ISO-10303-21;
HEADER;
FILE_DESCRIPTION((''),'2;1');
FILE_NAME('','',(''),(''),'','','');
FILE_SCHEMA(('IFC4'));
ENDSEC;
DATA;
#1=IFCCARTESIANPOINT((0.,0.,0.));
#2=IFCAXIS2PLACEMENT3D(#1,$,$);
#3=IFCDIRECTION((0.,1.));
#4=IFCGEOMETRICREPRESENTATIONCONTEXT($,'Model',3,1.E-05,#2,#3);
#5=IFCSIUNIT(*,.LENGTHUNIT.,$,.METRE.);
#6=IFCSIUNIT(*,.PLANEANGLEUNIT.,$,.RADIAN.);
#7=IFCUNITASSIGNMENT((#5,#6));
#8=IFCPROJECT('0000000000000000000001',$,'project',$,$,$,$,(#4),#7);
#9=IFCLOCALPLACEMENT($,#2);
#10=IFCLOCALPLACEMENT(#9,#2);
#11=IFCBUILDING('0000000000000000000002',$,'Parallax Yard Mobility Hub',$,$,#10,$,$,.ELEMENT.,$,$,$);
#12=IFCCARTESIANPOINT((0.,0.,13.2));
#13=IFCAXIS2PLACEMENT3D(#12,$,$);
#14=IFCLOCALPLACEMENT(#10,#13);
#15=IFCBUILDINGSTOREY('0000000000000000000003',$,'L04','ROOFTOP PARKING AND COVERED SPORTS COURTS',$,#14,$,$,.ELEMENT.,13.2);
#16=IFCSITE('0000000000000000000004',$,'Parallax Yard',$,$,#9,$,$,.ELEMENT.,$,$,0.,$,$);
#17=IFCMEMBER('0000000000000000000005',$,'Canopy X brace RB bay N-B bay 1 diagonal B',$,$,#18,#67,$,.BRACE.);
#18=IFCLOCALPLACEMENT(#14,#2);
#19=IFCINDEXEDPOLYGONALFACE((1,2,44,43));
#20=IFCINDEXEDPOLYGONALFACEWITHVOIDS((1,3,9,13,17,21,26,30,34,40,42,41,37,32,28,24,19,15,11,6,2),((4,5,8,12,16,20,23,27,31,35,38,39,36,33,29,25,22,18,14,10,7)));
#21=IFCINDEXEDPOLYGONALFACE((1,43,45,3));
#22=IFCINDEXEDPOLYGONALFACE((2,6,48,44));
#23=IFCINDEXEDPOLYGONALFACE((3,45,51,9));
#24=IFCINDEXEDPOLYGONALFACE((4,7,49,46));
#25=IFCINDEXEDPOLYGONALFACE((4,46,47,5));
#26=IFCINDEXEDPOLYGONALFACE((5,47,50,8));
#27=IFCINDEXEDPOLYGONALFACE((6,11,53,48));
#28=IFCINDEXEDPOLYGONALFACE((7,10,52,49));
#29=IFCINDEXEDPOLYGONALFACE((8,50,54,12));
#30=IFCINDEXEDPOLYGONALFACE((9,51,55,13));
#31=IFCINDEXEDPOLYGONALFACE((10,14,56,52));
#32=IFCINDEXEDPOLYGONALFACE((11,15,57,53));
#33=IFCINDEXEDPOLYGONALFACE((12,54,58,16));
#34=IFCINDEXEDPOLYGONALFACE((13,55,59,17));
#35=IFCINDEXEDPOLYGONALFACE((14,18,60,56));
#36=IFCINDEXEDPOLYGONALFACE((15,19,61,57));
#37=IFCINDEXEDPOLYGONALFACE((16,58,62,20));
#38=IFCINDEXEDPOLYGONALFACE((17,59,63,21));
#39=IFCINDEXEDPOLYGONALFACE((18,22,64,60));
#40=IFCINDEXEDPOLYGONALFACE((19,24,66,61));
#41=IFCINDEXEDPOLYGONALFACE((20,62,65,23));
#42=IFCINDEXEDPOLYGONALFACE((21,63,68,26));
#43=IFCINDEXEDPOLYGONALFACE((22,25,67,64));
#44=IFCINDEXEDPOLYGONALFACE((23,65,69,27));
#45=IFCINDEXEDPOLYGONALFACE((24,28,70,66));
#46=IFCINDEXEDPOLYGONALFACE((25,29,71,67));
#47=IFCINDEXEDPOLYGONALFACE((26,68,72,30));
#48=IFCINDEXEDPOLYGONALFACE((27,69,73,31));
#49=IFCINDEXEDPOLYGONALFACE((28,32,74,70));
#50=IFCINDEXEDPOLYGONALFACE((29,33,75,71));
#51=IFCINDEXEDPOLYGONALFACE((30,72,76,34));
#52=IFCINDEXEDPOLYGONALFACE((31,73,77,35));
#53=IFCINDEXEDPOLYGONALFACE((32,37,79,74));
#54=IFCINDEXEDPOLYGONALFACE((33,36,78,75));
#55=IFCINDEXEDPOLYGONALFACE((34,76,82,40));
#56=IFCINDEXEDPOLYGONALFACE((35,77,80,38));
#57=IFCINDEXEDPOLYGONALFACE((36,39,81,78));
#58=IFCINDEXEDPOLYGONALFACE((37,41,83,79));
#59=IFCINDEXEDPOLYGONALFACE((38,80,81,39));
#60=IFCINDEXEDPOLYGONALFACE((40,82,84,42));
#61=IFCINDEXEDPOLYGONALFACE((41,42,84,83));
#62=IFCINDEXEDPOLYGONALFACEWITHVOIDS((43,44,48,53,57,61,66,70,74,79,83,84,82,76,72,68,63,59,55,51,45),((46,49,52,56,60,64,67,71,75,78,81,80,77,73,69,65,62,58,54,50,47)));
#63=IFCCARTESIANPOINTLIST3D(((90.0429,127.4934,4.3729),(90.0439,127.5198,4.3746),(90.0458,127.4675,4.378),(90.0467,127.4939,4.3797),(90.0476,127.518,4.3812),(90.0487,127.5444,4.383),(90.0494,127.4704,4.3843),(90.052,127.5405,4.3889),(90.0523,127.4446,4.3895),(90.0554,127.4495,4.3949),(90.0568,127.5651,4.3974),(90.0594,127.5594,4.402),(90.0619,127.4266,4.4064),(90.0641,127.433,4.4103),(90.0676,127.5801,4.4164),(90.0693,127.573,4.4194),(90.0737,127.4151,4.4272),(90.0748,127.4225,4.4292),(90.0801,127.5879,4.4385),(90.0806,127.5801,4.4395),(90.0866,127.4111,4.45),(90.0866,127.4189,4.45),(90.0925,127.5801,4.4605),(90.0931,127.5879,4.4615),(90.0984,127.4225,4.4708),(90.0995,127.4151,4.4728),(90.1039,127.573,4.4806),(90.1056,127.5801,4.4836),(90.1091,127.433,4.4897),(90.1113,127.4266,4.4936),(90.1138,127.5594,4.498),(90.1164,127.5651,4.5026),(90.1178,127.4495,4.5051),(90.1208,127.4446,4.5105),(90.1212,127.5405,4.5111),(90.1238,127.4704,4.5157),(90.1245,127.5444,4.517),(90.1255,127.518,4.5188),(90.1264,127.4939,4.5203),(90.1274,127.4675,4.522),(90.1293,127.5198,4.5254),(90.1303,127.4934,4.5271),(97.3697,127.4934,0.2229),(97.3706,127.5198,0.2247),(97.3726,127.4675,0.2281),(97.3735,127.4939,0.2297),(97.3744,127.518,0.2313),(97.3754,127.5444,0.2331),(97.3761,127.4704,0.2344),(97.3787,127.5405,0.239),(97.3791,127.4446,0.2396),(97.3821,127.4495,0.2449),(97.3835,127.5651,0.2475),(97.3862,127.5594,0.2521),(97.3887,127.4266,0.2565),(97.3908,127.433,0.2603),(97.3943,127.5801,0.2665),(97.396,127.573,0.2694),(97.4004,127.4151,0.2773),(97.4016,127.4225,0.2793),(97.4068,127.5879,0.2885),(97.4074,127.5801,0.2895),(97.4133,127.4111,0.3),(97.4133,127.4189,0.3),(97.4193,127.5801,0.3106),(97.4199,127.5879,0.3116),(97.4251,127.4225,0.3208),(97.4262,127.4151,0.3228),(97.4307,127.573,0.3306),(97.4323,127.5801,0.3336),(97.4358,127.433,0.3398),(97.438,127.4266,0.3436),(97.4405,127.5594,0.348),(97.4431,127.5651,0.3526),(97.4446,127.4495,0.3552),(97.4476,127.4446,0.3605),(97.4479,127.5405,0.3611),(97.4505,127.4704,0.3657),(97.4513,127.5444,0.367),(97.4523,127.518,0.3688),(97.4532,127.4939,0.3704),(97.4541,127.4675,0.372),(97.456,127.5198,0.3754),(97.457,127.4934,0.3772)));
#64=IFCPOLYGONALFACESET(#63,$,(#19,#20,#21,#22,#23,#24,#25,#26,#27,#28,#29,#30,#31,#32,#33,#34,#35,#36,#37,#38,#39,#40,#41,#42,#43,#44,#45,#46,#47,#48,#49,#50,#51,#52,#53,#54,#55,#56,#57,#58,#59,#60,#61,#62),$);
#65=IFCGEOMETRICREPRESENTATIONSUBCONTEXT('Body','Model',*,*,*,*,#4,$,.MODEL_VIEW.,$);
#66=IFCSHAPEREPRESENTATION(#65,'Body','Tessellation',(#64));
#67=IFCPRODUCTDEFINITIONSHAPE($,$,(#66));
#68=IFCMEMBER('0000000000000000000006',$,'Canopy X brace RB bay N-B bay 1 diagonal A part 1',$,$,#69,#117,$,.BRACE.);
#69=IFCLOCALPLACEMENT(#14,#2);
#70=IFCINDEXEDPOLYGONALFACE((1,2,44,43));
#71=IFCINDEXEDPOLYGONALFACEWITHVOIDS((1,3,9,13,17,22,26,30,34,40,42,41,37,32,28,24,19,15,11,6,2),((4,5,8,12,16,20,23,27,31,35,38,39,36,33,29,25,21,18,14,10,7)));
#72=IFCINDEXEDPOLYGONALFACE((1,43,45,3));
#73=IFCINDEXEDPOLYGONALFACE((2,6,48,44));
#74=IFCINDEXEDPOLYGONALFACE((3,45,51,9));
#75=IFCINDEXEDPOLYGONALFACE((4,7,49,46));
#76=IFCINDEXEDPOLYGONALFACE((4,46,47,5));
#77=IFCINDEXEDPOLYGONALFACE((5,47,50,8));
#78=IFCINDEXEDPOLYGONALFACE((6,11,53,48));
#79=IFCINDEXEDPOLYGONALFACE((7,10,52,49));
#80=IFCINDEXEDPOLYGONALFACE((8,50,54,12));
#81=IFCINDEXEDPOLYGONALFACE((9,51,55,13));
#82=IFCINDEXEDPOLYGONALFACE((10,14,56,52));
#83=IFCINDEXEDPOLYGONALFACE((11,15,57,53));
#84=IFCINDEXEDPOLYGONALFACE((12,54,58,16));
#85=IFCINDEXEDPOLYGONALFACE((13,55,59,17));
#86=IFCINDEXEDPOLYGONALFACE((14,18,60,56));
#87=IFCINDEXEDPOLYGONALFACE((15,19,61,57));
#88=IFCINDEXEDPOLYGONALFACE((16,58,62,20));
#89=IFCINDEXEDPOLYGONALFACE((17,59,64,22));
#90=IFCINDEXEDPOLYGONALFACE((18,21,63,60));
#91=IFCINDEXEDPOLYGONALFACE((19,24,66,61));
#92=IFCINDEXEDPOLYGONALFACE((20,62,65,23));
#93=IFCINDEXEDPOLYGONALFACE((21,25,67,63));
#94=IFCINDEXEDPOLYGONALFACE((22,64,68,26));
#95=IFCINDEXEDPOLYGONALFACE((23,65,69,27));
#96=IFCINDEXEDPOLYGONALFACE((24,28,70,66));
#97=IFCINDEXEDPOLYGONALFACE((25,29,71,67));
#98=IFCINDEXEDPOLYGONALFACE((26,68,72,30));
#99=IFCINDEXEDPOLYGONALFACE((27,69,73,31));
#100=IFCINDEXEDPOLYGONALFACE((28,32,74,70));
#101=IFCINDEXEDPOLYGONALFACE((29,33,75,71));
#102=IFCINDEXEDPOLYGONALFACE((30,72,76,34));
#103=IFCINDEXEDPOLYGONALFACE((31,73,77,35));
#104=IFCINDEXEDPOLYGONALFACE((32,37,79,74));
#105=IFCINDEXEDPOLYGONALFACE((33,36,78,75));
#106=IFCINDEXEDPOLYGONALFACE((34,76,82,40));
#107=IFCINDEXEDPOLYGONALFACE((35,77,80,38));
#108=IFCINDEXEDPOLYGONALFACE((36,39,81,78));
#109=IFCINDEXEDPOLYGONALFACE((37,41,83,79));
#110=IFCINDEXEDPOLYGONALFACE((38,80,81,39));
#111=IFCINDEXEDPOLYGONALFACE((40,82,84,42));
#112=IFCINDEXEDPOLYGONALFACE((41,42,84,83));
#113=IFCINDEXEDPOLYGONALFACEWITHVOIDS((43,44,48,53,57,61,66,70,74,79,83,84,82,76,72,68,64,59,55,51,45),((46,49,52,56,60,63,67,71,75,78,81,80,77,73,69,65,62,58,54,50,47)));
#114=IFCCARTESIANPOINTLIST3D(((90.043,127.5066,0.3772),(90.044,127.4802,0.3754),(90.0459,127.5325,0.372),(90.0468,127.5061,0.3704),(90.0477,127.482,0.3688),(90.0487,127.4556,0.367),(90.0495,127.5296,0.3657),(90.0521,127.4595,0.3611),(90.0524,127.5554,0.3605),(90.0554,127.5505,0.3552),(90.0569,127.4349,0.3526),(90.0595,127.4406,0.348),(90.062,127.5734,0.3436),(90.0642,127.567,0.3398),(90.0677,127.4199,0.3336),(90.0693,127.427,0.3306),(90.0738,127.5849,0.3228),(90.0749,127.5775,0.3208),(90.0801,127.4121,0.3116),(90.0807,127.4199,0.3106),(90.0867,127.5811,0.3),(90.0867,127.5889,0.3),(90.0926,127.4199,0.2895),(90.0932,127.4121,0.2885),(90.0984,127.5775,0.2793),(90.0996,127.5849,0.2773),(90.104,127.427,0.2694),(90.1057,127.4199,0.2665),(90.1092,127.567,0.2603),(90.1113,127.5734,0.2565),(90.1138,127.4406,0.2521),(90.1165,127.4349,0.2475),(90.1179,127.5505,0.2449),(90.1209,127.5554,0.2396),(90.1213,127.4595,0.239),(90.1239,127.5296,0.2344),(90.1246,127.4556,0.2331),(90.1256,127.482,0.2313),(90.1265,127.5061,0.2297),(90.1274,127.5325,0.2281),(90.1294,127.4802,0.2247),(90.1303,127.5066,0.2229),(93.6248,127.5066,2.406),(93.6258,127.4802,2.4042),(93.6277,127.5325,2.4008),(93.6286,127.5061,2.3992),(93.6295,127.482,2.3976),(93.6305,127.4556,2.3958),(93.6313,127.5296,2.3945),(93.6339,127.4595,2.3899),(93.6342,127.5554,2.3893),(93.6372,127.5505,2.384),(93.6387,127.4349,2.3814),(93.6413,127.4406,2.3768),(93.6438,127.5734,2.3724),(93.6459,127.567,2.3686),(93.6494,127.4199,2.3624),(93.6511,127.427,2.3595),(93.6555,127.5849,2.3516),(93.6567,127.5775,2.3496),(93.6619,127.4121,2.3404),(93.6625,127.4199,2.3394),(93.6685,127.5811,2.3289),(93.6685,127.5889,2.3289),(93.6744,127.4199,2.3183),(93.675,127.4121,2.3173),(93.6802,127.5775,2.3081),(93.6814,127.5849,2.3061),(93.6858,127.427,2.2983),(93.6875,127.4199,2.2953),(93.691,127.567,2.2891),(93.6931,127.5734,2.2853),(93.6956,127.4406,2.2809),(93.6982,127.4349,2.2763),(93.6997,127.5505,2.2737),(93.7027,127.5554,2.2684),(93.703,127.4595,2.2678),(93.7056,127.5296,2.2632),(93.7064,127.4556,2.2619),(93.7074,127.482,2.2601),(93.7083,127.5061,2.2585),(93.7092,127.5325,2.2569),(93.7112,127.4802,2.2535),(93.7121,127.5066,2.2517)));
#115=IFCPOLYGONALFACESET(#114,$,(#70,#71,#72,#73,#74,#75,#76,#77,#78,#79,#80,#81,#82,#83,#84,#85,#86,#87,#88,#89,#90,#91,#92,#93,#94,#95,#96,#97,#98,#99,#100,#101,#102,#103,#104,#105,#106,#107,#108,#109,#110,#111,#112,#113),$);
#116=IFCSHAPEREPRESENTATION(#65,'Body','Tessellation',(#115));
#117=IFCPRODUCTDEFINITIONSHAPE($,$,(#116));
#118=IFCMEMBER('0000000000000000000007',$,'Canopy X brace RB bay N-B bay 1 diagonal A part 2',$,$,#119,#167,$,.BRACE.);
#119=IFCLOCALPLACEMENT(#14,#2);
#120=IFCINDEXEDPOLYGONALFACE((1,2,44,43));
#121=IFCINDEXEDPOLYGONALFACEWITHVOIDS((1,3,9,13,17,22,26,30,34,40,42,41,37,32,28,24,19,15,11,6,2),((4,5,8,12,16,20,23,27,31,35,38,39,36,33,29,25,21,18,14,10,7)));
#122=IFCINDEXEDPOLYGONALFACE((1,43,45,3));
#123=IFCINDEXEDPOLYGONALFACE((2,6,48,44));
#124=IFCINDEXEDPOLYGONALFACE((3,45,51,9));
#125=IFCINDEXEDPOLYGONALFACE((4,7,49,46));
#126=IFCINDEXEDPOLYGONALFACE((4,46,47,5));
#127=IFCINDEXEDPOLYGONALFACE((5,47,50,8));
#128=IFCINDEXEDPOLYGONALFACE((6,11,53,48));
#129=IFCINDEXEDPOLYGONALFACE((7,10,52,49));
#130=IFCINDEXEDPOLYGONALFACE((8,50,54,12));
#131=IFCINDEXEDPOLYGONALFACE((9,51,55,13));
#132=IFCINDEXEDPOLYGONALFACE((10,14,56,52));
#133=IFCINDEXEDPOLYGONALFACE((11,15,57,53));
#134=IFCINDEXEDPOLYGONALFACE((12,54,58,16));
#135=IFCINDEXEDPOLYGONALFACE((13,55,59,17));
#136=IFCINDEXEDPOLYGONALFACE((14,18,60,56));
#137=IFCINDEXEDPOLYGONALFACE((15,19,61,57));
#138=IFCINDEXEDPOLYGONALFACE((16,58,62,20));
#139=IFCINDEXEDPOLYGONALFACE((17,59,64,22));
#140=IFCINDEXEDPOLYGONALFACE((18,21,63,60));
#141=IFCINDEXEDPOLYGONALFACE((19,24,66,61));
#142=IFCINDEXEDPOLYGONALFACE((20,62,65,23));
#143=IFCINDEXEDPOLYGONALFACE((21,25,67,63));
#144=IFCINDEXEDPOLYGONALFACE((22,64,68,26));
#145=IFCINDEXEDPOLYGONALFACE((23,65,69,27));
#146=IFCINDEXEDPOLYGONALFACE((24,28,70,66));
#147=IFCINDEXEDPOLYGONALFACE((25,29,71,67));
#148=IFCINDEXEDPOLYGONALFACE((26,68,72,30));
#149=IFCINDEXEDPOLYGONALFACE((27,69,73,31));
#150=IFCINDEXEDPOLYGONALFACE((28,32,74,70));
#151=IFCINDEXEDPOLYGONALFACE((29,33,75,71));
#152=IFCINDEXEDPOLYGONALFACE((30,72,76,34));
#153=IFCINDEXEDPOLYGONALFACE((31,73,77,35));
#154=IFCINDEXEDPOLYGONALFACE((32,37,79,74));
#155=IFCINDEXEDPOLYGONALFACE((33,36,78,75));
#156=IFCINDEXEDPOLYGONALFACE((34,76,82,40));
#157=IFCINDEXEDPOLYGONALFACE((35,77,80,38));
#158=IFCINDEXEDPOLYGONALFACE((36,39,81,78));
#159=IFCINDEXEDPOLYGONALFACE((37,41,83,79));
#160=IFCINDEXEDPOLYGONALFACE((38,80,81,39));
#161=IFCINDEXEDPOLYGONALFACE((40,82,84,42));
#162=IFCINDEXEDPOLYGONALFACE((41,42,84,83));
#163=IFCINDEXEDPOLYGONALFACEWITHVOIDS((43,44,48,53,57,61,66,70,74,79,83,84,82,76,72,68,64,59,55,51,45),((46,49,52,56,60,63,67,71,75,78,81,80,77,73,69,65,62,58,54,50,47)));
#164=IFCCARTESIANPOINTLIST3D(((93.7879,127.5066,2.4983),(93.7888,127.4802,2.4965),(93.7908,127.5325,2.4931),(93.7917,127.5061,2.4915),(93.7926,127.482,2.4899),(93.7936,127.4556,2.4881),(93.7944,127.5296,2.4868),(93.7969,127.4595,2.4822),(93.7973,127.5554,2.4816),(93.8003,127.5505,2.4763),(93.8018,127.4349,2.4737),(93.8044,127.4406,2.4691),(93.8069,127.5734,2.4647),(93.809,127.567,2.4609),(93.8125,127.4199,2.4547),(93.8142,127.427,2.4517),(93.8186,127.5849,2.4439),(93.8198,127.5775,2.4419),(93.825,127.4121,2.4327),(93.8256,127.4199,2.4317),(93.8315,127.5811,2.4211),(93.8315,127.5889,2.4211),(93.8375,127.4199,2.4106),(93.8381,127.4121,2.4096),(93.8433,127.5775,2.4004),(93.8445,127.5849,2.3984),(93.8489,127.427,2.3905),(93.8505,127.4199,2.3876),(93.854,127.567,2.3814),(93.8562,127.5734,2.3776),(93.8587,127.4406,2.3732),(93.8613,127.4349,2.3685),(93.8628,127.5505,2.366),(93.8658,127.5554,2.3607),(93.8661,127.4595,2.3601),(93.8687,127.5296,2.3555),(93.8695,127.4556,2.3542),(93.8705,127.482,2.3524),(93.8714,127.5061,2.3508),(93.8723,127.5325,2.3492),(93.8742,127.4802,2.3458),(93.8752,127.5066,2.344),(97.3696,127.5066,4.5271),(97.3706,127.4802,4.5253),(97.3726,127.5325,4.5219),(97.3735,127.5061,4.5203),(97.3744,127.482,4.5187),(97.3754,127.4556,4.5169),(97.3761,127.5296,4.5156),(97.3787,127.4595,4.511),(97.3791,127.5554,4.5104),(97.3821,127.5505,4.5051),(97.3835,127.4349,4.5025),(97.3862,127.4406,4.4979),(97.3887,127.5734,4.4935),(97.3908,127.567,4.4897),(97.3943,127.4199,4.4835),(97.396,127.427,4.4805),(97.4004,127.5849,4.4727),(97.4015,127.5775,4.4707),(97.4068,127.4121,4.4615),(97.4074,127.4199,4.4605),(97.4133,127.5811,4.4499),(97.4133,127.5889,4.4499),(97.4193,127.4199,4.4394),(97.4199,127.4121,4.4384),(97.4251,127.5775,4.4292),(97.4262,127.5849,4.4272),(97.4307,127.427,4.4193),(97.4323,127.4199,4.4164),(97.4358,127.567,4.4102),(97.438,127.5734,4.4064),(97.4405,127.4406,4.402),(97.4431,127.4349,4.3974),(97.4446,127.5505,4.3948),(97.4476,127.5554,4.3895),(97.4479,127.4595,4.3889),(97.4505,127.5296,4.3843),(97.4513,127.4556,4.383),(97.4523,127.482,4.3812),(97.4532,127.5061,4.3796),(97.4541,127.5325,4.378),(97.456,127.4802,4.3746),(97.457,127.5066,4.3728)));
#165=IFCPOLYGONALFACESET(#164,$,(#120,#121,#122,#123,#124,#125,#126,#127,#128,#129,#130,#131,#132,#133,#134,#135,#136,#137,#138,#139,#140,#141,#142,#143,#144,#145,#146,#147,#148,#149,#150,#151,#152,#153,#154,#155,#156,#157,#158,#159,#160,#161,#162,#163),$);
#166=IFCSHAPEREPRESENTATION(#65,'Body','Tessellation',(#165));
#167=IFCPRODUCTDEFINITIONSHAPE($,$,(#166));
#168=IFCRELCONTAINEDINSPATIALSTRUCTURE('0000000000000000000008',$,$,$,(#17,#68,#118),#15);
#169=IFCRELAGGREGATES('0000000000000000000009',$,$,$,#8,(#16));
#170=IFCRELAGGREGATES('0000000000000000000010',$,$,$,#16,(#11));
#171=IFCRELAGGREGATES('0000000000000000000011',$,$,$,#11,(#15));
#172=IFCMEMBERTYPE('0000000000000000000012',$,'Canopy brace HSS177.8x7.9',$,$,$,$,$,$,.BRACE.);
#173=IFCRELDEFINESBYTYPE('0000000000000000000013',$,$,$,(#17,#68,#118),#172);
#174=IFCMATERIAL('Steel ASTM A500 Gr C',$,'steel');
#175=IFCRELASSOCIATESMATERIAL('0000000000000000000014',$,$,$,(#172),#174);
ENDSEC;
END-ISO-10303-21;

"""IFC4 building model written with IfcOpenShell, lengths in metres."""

from ifc_helpers import new_model, si_unit, direction, frame, origin, origin_2d, place, context, subcontext, project, spatial, hollow_circle, extrude, material, material_profile, profile_set, type_object, element, save


model = new_model("IFC4")

# Units and contexts
model_context = context("Model", 3, precision=1e-05, world=origin(), true_north=direction((0.0, 1.0)))
body_context = subcontext(model_context, "Body", "Model", "MODEL_VIEW")
ifc_project = project(units=[si_unit("LENGTHUNIT", "METRE"), si_unit("PLANEANGLEUNIT", "RADIAN")], contexts=[model_context])

# Site, building, storey
site_placement = place(None, origin())
site = spatial("IfcSite", under=ifc_project, at=site_placement, Name="Parallax Yard", CompositionType="ELEMENT", RefElevation=0.0)
building_placement = place(site_placement, origin())
building = spatial("IfcBuilding", under=site, at=building_placement, Name="Parallax Yard Mobility Hub", CompositionType="ELEMENT")
storey_placement = place(building_placement, frame((0.0, 0.0, 13.2)))
storey = spatial("IfcBuildingStorey", under=building, at=storey_placement, Name="L04", Description="ROOFTOP PARKING AND COVERED SPORTS COURTS", CompositionType="ELEMENT", Elevation=13.2)

# Members
ifc_material_1 = material(Name="Steel ASTM A500 Gr C", Category="steel")
ifc_material_profile_1 = material_profile(ifc_material_1, hollow_circle(Radius=0.0889, WallThickness=0.0078, at=origin_2d()), Name="HSS177.8x7.9")
ifc_profile_set_1 = profile_set([ifc_material_profile_1], Name="Steel ASTM A500 Gr C")
member_type_1 = type_object("IfcMemberType", Name="Canopy brace HSS177.8x7.9", PredefinedType="BRACE", material=ifc_profile_set_1)
member_1_placement = place(storey_placement, frame((97.4133, 127.5, 0.3), z_axis=(-0.870118, 0.0, 0.492844), x_axis=(0.0, -1.0, 0.0)))
element("IfcMember", 1, at=member_1_placement, inside=storey, type_object=member_type_1, Name="Canopy X brace RB bay N-B bay 1 diagonal B", PredefinedType="BRACE", context=body_context, shape_type="SweptSolid", body=[
    extrude(hollow_circle(Radius=0.0889, WallThickness=0.0078, at=origin_2d()), origin(), (0.0, 0.0, 1.0), 8.4204),
])
for number, where, z_axis, x_axis, name in (
    (2, (90.0867, 127.5, 0.3), (0.870113, 0.0, 0.492852), (0.0, 1.0, 0.0), "Canopy X brace RB bay N-B bay 1 diagonal A part 1"),
    (3, (93.8315, 127.5, 2.4211), (0.870113, 0.0, 0.492852), (0.0, 1.0, 0.0), "Canopy X brace RB bay N-B bay 1 diagonal A part 2"),
):
    element("IfcMember", number, at=place(storey_placement, frame(where, z_axis=z_axis, x_axis=x_axis)), inside=storey, type_object=member_type_1, Name=name, PredefinedType="BRACE", context=body_context, shape_type="SweptSolid", body=[
        extrude(hollow_circle(Radius=0.0889, WallThickness=0.0078, at=origin_2d()), origin(), (0.0, 0.0, 1.0), 4.1165),
    ])

save(model, "model.ifc")
